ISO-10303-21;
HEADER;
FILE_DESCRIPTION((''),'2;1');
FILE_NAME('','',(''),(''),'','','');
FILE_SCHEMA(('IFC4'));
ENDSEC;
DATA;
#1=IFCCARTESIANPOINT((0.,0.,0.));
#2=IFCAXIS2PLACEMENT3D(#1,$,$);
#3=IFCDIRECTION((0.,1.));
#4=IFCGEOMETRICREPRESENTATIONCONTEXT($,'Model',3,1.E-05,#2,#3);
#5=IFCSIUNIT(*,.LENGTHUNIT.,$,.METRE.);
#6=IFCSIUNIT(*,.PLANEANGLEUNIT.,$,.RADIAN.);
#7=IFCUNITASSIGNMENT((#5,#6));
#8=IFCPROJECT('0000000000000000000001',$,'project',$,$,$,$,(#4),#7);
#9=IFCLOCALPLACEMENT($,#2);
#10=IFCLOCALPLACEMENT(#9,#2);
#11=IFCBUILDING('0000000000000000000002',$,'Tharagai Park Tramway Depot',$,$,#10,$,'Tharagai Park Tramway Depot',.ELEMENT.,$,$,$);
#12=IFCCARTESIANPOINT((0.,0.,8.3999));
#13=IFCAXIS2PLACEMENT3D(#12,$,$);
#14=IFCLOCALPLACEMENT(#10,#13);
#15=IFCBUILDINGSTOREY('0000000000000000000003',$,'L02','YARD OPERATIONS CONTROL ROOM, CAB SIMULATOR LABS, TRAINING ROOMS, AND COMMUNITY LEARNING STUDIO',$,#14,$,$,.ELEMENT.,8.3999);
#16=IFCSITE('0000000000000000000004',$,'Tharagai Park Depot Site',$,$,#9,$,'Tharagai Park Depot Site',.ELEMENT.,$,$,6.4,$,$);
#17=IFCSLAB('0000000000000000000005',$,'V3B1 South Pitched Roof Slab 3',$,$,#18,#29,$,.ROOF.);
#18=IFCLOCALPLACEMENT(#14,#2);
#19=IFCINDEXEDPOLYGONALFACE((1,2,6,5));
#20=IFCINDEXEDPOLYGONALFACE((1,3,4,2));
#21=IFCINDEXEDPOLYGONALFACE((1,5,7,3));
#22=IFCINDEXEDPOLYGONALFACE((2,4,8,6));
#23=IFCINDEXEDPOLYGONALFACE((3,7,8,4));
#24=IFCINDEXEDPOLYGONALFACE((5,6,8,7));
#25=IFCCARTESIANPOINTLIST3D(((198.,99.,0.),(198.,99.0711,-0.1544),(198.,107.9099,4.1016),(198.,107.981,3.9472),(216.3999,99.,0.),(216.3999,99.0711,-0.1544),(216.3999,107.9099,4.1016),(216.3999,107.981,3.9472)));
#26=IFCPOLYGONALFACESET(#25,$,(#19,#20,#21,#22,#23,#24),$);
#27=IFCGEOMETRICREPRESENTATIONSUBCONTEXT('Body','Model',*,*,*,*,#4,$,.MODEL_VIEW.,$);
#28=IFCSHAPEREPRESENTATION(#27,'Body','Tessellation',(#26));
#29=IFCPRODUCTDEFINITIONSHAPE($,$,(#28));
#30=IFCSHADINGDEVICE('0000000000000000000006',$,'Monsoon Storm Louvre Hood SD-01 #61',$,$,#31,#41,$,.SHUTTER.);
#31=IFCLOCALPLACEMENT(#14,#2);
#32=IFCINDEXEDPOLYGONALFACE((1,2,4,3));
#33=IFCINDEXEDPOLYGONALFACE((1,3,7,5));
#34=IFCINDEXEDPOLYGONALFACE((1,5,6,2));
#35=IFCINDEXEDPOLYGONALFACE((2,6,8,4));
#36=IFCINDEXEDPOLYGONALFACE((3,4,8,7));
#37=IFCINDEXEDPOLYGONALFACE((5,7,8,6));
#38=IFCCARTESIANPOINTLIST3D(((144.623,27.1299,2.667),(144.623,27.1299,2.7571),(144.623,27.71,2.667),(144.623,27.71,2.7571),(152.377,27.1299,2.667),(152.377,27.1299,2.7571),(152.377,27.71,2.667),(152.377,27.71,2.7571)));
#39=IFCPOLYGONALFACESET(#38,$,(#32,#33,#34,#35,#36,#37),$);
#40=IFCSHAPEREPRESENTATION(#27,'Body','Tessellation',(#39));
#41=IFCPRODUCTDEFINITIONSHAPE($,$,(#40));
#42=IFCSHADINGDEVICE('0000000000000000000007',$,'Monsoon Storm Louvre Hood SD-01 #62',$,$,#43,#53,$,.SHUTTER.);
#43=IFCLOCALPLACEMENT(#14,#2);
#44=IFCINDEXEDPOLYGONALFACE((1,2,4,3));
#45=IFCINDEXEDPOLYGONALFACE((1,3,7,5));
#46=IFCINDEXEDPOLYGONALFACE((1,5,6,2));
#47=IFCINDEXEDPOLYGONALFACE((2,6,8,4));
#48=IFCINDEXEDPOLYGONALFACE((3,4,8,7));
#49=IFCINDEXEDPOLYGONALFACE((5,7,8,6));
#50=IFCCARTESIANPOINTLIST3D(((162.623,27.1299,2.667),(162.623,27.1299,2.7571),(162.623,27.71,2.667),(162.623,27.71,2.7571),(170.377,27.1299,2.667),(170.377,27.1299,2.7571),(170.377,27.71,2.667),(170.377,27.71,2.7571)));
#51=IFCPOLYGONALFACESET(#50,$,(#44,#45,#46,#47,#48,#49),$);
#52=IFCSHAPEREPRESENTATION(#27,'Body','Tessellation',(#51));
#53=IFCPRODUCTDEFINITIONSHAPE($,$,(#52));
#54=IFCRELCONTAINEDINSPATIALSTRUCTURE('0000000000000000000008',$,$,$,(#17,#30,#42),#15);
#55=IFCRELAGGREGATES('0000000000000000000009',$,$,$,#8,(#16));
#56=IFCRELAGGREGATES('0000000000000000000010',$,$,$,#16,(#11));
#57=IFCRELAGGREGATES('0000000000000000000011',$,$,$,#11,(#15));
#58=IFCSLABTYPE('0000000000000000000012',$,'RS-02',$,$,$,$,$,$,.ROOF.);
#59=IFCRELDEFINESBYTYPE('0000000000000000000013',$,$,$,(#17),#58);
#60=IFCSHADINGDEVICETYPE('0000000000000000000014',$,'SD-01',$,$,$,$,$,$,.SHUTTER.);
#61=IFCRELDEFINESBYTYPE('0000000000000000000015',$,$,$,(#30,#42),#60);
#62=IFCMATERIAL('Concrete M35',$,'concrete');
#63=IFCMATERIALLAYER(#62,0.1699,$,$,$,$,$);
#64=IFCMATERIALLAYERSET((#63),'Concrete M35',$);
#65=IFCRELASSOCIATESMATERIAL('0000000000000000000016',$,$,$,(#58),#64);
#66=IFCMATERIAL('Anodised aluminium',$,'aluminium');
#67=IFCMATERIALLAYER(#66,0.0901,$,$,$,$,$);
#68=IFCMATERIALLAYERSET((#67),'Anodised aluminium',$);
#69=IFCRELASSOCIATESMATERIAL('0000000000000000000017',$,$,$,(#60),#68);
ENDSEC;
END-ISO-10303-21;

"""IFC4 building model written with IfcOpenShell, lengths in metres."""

from ifc_helpers import new_model, si_unit, direction, frame, origin, origin_2d, place, context, subcontext, project, spatial, polyline, rectangle, outline, extrude, material, layer, layer_set, type_object, element, save


model = new_model("IFC4")

# Units and contexts
model_context = context("Model", 3, precision=1e-05, world=origin(), true_north=direction((0.0, 1.0)))
body_context = subcontext(model_context, "Body", "Model", "MODEL_VIEW")
ifc_project = project(units=[si_unit("LENGTHUNIT", "METRE"), si_unit("PLANEANGLEUNIT", "RADIAN")], contexts=[model_context])

# Site, building, storey
site_placement = place(None, origin())
site = spatial("IfcSite", under=ifc_project, at=site_placement, Name="Tharagai Park Depot Site", LongName="Tharagai Park Depot Site", CompositionType="ELEMENT", RefElevation=6.4)
building_placement = place(site_placement, origin())
building = spatial("IfcBuilding", under=site, at=building_placement, Name="Tharagai Park Tramway Depot", LongName="Tharagai Park Tramway Depot", CompositionType="ELEMENT")
storey_placement = place(building_placement, frame((0.0, 0.0, 8.3999)))
storey = spatial("IfcBuildingStorey", under=building, at=storey_placement, Name="L02", Description="YARD OPERATIONS CONTROL ROOM, CAB SIMULATOR LABS, TRAINING ROOMS, AND COMMUNITY LEARNING STUDIO", CompositionType="ELEMENT", Elevation=8.3999)

# Shared definitions
ifc_material_1 = material(Name="Concrete M35", Category="concrete")

# Slab
ifc_layer_1 = layer(ifc_material_1, 0.1699)
ifc_layer_set_1 = layer_set([ifc_layer_1], Name="Concrete M35")
slab_type = type_object("IfcSlabType", Name="RS-02", PredefinedType="ROOF", material=ifc_layer_set_1)
slab_1_placement = place(storey_placement, frame((198.0, 99.0, 0.0), z_axis=(0.0, -0.418158, 0.908374), x_axis=(1.0, 0.0, 0.0)))
element("IfcSlab", 1, at=slab_1_placement, inside=storey, type_object=slab_type, Name="V3B1 South Pitched Roof Slab 3", PredefinedType="ROOF", context=body_context, shape_type="SweptSolid", body=[
    extrude(outline(polyline([(0.0, 0.0), (18.3999, 0.0), (18.3999, 9.8086), (0.0, 9.8086), (0.0, 0.0)])), origin(), (0.0, 0.0, -1.0), 0.1699),
])

# Shading devices
ifc_material_2 = material(Name="Anodised aluminium", Category="aluminium")
ifc_layer_2 = layer(ifc_material_2, 0.0901)
ifc_layer_set_2 = layer_set([ifc_layer_2], Name="Anodised aluminium")
shading_device_type = type_object("IfcShadingDeviceType", Name="SD-01", PredefinedType="SHUTTER", material=ifc_layer_set_2)
for number, where, z_axis, x_axis, name in (
    (2, (148.5, 27.4199, 2.667), (0.0, 0.0, 1.0), (1.0, 0.0, 0.0), "Monsoon Storm Louvre Hood SD-01 #61"),
    (3, (166.5, 27.4199, 2.667), (0.0, 0.0, 1.0), (1.0, 0.0, 0.0), "Monsoon Storm Louvre Hood SD-01 #62"),
):
    element("IfcShadingDevice", number, at=place(storey_placement, frame(where, z_axis=z_axis, x_axis=x_axis)), inside=storey, type_object=shading_device_type, Name=name, PredefinedType="SHUTTER", context=body_context, shape_type="SweptSolid", body=[
        extrude(rectangle(XDim=7.7539, YDim=0.5801, at=origin_2d()), origin(), (0.0, 0.0, 1.0), 0.0901),
    ])

save(model, "model.ifc")
